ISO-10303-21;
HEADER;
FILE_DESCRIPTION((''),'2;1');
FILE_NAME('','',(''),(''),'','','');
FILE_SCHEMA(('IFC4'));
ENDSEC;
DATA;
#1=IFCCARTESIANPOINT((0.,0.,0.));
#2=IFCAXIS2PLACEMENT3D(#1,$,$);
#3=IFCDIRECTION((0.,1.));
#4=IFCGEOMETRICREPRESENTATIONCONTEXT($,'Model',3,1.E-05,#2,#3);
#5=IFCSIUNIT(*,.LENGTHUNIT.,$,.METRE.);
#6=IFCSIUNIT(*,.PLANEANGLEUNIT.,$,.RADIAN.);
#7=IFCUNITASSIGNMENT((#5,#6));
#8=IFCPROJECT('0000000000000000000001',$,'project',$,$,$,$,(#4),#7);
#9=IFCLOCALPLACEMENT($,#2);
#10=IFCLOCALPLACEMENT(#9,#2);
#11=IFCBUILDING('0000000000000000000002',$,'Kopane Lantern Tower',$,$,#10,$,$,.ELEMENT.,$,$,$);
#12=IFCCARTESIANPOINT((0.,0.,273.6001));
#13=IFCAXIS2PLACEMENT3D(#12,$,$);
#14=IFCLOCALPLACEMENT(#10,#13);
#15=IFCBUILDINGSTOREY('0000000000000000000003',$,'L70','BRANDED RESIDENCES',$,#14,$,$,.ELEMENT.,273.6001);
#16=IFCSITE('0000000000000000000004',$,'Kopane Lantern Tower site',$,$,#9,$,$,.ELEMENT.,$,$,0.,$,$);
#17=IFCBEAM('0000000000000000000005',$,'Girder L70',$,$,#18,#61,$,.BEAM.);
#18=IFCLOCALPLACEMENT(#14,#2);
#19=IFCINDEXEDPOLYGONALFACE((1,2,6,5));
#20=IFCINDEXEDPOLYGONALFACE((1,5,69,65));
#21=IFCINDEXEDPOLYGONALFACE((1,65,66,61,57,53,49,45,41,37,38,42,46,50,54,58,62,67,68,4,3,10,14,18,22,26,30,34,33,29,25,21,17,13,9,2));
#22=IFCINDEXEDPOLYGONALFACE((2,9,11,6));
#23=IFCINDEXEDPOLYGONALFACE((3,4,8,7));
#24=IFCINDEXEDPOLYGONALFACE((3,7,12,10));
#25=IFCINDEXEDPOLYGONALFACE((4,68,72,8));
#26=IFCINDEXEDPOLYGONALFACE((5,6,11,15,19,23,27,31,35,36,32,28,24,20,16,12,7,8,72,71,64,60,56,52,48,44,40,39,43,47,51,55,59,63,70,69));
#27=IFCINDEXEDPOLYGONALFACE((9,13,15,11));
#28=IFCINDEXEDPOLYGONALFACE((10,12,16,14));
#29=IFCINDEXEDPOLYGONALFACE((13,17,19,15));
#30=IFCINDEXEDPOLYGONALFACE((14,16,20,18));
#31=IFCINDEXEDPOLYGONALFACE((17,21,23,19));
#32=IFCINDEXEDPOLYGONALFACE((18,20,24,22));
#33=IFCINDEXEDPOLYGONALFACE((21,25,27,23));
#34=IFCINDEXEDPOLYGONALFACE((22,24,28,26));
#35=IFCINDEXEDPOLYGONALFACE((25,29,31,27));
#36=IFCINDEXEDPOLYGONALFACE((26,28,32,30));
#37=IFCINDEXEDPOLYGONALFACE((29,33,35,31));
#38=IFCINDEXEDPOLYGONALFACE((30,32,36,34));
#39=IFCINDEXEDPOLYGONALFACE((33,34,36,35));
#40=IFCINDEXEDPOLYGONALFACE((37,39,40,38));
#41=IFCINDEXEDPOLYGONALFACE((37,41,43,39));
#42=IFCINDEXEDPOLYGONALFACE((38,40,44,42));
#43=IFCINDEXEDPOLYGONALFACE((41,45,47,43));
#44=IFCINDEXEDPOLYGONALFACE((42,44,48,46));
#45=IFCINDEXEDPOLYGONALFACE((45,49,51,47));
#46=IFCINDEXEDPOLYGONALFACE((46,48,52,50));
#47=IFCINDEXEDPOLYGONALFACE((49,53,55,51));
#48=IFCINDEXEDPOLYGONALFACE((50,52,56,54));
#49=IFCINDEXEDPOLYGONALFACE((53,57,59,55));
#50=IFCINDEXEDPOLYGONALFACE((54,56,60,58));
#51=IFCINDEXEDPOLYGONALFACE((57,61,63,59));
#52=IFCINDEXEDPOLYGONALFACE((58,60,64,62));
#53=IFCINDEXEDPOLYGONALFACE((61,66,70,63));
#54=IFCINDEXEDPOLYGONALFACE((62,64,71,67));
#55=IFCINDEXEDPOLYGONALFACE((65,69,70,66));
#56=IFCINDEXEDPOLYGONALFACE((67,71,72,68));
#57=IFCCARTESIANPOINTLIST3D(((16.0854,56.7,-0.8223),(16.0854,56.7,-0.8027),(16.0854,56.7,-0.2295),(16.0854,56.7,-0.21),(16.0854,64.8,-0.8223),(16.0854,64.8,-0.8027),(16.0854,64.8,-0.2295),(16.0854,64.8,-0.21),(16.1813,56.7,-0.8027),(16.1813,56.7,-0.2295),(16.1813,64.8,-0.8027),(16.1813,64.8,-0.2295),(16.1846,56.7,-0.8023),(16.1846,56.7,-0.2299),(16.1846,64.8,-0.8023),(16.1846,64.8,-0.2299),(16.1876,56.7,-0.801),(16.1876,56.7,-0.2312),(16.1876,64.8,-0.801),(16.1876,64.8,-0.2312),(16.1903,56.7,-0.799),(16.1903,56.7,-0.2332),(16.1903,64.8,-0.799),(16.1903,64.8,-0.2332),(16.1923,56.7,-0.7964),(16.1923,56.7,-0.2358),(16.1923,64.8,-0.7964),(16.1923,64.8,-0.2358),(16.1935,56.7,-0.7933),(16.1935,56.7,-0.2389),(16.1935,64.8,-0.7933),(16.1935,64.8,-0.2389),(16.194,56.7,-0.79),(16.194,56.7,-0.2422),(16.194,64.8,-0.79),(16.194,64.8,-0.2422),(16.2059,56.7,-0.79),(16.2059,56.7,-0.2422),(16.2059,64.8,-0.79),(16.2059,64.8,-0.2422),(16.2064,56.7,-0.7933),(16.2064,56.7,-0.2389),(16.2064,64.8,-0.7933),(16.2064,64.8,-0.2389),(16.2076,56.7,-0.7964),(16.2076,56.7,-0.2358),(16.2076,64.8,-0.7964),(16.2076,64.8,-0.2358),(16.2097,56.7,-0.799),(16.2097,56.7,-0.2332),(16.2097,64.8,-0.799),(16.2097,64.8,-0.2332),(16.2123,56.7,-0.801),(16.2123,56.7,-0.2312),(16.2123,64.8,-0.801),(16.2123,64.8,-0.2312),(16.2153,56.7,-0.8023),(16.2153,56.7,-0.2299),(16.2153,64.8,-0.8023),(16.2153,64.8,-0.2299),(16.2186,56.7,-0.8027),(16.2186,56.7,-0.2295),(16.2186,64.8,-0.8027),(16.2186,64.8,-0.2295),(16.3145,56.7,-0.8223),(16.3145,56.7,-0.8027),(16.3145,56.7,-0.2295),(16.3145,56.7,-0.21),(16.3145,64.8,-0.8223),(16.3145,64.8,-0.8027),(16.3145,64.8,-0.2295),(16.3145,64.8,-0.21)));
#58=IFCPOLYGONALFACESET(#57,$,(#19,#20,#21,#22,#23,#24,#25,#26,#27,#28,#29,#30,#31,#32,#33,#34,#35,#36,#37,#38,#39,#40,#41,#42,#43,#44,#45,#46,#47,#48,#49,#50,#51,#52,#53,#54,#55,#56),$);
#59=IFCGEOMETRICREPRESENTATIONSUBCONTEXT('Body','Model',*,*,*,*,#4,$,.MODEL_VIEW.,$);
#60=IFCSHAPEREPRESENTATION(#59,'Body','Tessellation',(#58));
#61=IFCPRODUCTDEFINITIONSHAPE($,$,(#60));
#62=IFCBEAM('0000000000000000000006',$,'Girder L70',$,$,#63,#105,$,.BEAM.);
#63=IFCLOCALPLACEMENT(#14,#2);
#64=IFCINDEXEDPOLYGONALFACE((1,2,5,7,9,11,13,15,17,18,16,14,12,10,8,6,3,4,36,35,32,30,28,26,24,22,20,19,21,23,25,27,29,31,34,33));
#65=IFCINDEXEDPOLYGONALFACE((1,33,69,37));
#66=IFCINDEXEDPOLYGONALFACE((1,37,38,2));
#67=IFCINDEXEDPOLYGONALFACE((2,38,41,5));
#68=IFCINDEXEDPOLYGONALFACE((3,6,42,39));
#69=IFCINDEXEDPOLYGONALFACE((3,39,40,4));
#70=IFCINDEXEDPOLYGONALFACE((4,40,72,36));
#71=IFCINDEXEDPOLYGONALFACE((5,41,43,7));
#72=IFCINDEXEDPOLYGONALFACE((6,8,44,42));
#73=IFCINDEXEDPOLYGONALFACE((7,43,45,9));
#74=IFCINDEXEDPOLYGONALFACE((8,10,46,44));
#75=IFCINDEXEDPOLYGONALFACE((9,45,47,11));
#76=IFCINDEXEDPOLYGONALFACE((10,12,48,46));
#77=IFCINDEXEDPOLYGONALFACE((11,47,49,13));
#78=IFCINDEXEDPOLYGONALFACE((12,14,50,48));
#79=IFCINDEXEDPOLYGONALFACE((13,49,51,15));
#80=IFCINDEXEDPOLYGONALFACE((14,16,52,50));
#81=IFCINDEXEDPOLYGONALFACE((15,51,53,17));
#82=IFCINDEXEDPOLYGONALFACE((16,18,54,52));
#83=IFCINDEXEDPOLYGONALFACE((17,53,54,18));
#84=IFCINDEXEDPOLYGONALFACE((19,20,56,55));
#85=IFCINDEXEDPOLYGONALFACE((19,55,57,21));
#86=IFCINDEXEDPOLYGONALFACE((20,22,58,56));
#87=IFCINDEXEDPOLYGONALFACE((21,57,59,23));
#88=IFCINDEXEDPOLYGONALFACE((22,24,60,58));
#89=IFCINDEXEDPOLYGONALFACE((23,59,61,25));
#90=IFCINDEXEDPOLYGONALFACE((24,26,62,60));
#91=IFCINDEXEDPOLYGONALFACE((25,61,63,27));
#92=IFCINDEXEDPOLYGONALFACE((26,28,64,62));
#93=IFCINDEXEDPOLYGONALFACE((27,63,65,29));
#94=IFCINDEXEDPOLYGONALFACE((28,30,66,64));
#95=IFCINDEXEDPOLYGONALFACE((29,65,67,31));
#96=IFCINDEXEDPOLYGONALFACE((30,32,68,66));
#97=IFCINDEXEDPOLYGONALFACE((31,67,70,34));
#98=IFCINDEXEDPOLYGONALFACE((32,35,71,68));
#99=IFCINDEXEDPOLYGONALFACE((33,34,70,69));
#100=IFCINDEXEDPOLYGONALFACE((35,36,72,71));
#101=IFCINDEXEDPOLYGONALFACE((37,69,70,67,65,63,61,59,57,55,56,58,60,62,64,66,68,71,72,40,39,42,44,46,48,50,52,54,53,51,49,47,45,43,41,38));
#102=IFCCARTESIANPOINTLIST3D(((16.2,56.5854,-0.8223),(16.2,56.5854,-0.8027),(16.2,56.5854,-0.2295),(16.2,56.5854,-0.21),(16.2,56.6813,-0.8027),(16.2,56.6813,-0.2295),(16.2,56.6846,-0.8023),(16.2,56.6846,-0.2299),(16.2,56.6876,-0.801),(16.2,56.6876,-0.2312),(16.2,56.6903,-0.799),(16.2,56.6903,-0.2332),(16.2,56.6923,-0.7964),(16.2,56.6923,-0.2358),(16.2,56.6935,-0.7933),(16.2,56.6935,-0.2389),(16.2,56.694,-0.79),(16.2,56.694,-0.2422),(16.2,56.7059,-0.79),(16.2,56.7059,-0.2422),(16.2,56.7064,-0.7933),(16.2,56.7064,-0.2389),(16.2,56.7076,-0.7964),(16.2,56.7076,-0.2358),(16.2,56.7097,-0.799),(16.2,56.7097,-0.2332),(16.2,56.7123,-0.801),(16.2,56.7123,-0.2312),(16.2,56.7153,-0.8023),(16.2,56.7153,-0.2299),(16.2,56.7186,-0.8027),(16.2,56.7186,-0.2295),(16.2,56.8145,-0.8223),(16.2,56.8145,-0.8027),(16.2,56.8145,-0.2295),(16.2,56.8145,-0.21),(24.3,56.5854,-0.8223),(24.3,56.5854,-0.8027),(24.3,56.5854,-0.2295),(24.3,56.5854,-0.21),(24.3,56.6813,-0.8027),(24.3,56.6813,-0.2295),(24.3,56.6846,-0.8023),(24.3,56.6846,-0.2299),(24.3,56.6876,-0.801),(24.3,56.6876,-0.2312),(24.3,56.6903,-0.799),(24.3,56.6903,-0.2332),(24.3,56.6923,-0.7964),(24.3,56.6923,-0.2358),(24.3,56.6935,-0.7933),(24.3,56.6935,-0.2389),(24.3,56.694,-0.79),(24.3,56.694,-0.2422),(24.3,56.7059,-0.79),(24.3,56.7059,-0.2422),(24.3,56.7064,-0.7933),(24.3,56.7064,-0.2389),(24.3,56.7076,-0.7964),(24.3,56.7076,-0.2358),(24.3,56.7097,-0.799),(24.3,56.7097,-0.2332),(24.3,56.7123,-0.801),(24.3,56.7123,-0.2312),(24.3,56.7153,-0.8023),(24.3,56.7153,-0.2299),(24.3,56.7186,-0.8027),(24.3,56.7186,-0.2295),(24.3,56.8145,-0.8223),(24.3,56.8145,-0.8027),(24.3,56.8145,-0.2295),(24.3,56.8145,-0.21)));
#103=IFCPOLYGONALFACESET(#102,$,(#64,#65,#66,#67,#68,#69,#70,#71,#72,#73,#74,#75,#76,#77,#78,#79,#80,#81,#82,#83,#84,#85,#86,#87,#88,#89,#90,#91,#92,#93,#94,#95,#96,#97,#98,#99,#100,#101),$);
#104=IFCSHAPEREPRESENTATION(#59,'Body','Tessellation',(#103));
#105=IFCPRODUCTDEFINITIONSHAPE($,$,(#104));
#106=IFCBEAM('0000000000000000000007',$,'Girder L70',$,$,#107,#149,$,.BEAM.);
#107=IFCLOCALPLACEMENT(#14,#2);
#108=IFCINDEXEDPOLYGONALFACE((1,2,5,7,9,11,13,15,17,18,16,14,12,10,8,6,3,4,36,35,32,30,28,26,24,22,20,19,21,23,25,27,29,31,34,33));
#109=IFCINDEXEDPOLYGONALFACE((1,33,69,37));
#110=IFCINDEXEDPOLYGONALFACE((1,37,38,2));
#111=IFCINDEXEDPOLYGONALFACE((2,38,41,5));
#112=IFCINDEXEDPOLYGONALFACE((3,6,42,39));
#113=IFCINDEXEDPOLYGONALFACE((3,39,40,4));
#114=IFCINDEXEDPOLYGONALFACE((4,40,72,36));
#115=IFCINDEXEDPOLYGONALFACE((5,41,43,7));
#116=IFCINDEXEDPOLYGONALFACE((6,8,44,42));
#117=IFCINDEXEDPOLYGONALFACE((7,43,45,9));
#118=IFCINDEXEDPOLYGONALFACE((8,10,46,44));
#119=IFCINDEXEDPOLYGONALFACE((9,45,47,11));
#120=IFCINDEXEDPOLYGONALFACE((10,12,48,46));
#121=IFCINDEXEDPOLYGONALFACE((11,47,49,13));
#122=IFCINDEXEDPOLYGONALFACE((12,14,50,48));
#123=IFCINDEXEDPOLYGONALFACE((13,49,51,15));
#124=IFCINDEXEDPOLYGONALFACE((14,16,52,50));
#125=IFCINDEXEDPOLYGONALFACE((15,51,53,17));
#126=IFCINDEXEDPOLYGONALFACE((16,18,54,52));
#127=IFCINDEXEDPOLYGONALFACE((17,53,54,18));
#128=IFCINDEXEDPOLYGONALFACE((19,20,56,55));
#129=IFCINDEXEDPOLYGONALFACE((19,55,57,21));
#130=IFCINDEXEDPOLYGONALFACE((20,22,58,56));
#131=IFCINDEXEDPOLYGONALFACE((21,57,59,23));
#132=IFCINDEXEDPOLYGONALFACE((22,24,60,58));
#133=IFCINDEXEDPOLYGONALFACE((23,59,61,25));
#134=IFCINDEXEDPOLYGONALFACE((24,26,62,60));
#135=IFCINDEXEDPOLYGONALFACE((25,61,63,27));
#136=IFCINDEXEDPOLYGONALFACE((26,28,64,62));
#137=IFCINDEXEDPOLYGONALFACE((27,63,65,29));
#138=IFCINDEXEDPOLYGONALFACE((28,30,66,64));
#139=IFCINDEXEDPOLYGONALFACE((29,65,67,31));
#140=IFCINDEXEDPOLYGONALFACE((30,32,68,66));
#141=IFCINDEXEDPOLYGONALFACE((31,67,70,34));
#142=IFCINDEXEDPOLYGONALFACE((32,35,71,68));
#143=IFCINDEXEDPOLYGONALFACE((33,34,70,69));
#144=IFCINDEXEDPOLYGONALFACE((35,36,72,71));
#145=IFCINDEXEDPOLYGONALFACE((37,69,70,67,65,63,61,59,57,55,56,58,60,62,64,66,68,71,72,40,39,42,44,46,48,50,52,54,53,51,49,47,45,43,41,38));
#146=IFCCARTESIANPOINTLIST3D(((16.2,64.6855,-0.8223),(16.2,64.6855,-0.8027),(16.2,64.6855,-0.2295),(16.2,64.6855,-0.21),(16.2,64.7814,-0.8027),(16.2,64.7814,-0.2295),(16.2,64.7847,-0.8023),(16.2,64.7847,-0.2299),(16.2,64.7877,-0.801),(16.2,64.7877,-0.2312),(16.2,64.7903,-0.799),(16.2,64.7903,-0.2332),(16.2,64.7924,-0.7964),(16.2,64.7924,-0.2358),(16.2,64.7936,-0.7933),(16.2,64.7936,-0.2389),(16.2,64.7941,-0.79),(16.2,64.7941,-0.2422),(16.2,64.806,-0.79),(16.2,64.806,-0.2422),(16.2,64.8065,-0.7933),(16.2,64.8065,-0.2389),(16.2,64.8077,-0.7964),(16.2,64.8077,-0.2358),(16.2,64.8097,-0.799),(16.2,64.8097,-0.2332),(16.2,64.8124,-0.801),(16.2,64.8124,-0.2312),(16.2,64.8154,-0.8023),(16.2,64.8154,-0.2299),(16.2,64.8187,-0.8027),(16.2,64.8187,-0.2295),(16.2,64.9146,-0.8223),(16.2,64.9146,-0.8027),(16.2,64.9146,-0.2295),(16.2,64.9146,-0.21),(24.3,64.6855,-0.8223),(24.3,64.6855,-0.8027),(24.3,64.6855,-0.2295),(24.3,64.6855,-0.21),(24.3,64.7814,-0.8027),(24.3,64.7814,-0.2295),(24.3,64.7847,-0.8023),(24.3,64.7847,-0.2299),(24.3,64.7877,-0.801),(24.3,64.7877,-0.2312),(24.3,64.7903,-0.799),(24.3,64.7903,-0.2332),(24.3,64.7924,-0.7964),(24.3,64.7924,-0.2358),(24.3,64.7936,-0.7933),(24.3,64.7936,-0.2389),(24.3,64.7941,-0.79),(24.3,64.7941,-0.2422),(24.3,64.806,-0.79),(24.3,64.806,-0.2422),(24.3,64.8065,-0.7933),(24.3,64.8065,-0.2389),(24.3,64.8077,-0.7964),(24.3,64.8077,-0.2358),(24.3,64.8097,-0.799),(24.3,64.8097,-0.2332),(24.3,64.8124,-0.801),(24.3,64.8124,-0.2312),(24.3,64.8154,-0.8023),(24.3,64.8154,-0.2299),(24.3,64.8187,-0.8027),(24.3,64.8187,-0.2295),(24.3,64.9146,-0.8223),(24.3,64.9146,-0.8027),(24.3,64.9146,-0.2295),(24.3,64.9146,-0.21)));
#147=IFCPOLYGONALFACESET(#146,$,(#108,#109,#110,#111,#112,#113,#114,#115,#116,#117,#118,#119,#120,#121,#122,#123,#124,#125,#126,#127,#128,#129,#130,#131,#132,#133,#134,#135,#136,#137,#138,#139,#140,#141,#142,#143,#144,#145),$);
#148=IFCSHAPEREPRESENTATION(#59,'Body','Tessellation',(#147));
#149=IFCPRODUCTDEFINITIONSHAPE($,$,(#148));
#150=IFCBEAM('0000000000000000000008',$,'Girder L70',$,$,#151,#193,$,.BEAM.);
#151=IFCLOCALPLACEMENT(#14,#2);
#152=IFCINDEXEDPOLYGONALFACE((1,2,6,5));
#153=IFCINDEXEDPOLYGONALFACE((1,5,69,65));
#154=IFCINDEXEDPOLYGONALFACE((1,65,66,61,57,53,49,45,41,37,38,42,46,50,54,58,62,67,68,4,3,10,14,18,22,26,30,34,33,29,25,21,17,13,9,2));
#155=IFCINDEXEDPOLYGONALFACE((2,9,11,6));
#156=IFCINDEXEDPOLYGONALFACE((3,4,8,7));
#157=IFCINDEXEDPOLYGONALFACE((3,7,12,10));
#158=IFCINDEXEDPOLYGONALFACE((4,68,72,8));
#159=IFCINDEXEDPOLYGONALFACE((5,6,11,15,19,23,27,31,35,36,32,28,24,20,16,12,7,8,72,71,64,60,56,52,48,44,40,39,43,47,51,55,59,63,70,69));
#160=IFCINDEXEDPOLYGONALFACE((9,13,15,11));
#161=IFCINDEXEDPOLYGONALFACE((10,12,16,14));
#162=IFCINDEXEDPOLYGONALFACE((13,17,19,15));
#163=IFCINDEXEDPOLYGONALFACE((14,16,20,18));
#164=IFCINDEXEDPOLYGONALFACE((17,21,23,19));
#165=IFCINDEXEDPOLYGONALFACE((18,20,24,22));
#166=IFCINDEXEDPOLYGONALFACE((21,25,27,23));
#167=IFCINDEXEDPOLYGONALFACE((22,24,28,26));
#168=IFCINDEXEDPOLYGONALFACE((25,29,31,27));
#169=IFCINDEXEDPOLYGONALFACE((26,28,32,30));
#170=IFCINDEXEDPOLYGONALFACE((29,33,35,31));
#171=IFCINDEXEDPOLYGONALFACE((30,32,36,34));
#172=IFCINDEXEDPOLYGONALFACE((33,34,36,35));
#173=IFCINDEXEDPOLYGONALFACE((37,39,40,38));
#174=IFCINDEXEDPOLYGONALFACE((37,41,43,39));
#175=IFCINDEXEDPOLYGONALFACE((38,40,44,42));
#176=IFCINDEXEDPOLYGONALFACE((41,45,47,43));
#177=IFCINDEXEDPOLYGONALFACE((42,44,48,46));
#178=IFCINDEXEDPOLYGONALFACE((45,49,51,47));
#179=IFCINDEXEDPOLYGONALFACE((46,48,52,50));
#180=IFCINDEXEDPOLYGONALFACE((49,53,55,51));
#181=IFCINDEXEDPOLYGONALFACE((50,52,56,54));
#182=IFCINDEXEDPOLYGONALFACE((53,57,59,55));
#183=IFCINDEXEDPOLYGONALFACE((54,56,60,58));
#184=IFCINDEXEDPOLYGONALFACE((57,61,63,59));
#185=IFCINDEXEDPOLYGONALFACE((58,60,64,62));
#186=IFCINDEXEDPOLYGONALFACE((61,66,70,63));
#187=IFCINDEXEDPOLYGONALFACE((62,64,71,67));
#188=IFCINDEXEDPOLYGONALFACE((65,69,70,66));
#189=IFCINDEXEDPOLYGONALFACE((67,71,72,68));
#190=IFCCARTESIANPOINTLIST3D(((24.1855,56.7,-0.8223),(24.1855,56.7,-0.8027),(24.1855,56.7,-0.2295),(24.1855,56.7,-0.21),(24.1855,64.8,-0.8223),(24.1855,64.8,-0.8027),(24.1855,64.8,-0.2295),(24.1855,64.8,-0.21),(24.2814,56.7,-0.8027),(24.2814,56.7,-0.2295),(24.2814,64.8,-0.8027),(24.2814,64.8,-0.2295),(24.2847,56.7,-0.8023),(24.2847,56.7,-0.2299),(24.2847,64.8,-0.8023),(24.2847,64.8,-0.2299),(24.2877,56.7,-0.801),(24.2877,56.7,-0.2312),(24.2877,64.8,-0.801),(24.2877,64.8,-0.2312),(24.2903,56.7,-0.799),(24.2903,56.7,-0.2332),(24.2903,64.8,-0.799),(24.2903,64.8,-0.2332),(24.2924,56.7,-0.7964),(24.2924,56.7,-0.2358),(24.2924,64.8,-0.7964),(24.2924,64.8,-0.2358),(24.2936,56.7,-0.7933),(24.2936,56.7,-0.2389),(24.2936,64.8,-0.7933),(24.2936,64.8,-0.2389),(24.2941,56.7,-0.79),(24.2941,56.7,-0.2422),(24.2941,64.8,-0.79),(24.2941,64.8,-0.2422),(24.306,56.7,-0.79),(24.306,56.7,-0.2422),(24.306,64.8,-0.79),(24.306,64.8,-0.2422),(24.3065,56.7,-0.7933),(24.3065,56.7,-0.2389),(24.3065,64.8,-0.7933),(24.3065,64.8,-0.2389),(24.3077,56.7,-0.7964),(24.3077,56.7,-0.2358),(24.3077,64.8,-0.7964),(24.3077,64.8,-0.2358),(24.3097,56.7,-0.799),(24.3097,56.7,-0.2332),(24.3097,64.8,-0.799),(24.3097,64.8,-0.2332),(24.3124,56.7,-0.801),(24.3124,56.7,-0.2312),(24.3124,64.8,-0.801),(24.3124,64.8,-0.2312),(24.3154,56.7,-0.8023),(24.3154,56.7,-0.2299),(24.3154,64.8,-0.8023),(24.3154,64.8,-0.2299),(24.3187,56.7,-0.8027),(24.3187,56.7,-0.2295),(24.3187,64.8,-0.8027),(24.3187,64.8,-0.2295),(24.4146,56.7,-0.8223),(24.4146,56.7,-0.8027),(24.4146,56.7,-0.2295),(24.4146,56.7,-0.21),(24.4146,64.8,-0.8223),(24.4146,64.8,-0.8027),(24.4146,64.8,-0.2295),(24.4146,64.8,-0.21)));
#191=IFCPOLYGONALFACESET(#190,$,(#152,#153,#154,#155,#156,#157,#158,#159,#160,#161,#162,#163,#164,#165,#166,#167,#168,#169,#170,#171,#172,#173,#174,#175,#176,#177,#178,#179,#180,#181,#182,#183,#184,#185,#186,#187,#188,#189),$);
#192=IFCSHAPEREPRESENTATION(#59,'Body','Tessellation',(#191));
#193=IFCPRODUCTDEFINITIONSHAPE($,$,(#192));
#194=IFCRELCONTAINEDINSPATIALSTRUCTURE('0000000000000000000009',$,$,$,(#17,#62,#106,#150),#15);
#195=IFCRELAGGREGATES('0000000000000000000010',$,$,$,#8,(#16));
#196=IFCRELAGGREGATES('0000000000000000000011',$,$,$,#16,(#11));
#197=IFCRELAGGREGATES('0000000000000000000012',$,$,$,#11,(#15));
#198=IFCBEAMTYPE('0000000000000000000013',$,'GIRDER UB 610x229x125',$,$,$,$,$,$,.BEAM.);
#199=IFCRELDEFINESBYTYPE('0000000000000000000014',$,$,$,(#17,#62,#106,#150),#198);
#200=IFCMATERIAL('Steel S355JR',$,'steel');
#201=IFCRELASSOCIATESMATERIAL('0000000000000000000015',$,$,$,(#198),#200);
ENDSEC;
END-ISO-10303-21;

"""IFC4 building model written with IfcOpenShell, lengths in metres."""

from ifc_helpers import new_model, si_unit, direction, frame, origin, origin_2d, place, context, subcontext, project, spatial, i_section, extrude, material, material_profile, profile_set, type_object, element, save


model = new_model("IFC4")

# Units and contexts
model_context = context("Model", 3, precision=1e-05, world=origin(), true_north=direction((0.0, 1.0)))
body_context = subcontext(model_context, "Body", "Model", "MODEL_VIEW")
ifc_project = project(units=[si_unit("LENGTHUNIT", "METRE"), si_unit("PLANEANGLEUNIT", "RADIAN")], contexts=[model_context])

# Site, building, storey
site_placement = place(None, origin())
site = spatial("IfcSite", under=ifc_project, at=site_placement, Name="Kopane Lantern Tower site", CompositionType="ELEMENT", RefElevation=0.0)
building_placement = place(site_placement, origin())
building = spatial("IfcBuilding", under=site, at=building_placement, Name="Kopane Lantern Tower", CompositionType="ELEMENT")
storey_placement = place(building_placement, frame((0.0, 0.0, 273.6001)))
storey = spatial("IfcBuildingStorey", under=building, at=storey_placement, Name="L70", Description="BRANDED RESIDENCES", CompositionType="ELEMENT", Elevation=273.6001)

# Beams
ifc_material_1 = material(Name="Steel S355JR", Category="steel")
ifc_material_profile_1 = material_profile(ifc_material_1, i_section(OverallWidth=0.229, OverallDepth=0.6123, WebThickness=0.012, FlangeThickness=0.0195, FilletRadius=0.0127, at=origin_2d()), Name="UB 610x229x125")
ifc_profile_set_1 = profile_set([ifc_material_profile_1], Name="Steel S355JR")
beam_type = type_object("IfcBeamType", Name="GIRDER UB 610x229x125", PredefinedType="BEAM", material=ifc_profile_set_1)
for number, where, z_axis, x_axis, name in (
    (1, (16.2, 56.7, -0.5161), (0.0, 1.0, 0.0), (-1.0, 0.0, 0.0), "Girder L70"),
    (2, (16.2, 56.7, -0.5161), (1.0, 0.0, 0.0), (0.0, 1.0, 0.0), "Girder L70"),
    (3, (16.2, 64.8, -0.5161), (1.0, 0.0, 0.0), (0.0, 1.0, 0.0), "Girder L70"),
    (4, (24.3, 56.7, -0.5161), (0.0, 1.0, 0.0), (-1.0, 0.0, 0.0), "Girder L70"),
):
    element("IfcBeam", number, at=place(storey_placement, frame(where, z_axis=z_axis, x_axis=x_axis)), inside=storey, type_object=beam_type, Name=name, PredefinedType="BEAM", context=body_context, shape_type="SweptSolid", body=[
        extrude(i_section(OverallWidth=0.229, OverallDepth=0.6123, WebThickness=0.012, FlangeThickness=0.0195, FilletRadius=0.0127, at=origin_2d()), origin(), (0.0, 0.0, 1.0), 8.1001),
    ])

save(model, "model.ifc")
